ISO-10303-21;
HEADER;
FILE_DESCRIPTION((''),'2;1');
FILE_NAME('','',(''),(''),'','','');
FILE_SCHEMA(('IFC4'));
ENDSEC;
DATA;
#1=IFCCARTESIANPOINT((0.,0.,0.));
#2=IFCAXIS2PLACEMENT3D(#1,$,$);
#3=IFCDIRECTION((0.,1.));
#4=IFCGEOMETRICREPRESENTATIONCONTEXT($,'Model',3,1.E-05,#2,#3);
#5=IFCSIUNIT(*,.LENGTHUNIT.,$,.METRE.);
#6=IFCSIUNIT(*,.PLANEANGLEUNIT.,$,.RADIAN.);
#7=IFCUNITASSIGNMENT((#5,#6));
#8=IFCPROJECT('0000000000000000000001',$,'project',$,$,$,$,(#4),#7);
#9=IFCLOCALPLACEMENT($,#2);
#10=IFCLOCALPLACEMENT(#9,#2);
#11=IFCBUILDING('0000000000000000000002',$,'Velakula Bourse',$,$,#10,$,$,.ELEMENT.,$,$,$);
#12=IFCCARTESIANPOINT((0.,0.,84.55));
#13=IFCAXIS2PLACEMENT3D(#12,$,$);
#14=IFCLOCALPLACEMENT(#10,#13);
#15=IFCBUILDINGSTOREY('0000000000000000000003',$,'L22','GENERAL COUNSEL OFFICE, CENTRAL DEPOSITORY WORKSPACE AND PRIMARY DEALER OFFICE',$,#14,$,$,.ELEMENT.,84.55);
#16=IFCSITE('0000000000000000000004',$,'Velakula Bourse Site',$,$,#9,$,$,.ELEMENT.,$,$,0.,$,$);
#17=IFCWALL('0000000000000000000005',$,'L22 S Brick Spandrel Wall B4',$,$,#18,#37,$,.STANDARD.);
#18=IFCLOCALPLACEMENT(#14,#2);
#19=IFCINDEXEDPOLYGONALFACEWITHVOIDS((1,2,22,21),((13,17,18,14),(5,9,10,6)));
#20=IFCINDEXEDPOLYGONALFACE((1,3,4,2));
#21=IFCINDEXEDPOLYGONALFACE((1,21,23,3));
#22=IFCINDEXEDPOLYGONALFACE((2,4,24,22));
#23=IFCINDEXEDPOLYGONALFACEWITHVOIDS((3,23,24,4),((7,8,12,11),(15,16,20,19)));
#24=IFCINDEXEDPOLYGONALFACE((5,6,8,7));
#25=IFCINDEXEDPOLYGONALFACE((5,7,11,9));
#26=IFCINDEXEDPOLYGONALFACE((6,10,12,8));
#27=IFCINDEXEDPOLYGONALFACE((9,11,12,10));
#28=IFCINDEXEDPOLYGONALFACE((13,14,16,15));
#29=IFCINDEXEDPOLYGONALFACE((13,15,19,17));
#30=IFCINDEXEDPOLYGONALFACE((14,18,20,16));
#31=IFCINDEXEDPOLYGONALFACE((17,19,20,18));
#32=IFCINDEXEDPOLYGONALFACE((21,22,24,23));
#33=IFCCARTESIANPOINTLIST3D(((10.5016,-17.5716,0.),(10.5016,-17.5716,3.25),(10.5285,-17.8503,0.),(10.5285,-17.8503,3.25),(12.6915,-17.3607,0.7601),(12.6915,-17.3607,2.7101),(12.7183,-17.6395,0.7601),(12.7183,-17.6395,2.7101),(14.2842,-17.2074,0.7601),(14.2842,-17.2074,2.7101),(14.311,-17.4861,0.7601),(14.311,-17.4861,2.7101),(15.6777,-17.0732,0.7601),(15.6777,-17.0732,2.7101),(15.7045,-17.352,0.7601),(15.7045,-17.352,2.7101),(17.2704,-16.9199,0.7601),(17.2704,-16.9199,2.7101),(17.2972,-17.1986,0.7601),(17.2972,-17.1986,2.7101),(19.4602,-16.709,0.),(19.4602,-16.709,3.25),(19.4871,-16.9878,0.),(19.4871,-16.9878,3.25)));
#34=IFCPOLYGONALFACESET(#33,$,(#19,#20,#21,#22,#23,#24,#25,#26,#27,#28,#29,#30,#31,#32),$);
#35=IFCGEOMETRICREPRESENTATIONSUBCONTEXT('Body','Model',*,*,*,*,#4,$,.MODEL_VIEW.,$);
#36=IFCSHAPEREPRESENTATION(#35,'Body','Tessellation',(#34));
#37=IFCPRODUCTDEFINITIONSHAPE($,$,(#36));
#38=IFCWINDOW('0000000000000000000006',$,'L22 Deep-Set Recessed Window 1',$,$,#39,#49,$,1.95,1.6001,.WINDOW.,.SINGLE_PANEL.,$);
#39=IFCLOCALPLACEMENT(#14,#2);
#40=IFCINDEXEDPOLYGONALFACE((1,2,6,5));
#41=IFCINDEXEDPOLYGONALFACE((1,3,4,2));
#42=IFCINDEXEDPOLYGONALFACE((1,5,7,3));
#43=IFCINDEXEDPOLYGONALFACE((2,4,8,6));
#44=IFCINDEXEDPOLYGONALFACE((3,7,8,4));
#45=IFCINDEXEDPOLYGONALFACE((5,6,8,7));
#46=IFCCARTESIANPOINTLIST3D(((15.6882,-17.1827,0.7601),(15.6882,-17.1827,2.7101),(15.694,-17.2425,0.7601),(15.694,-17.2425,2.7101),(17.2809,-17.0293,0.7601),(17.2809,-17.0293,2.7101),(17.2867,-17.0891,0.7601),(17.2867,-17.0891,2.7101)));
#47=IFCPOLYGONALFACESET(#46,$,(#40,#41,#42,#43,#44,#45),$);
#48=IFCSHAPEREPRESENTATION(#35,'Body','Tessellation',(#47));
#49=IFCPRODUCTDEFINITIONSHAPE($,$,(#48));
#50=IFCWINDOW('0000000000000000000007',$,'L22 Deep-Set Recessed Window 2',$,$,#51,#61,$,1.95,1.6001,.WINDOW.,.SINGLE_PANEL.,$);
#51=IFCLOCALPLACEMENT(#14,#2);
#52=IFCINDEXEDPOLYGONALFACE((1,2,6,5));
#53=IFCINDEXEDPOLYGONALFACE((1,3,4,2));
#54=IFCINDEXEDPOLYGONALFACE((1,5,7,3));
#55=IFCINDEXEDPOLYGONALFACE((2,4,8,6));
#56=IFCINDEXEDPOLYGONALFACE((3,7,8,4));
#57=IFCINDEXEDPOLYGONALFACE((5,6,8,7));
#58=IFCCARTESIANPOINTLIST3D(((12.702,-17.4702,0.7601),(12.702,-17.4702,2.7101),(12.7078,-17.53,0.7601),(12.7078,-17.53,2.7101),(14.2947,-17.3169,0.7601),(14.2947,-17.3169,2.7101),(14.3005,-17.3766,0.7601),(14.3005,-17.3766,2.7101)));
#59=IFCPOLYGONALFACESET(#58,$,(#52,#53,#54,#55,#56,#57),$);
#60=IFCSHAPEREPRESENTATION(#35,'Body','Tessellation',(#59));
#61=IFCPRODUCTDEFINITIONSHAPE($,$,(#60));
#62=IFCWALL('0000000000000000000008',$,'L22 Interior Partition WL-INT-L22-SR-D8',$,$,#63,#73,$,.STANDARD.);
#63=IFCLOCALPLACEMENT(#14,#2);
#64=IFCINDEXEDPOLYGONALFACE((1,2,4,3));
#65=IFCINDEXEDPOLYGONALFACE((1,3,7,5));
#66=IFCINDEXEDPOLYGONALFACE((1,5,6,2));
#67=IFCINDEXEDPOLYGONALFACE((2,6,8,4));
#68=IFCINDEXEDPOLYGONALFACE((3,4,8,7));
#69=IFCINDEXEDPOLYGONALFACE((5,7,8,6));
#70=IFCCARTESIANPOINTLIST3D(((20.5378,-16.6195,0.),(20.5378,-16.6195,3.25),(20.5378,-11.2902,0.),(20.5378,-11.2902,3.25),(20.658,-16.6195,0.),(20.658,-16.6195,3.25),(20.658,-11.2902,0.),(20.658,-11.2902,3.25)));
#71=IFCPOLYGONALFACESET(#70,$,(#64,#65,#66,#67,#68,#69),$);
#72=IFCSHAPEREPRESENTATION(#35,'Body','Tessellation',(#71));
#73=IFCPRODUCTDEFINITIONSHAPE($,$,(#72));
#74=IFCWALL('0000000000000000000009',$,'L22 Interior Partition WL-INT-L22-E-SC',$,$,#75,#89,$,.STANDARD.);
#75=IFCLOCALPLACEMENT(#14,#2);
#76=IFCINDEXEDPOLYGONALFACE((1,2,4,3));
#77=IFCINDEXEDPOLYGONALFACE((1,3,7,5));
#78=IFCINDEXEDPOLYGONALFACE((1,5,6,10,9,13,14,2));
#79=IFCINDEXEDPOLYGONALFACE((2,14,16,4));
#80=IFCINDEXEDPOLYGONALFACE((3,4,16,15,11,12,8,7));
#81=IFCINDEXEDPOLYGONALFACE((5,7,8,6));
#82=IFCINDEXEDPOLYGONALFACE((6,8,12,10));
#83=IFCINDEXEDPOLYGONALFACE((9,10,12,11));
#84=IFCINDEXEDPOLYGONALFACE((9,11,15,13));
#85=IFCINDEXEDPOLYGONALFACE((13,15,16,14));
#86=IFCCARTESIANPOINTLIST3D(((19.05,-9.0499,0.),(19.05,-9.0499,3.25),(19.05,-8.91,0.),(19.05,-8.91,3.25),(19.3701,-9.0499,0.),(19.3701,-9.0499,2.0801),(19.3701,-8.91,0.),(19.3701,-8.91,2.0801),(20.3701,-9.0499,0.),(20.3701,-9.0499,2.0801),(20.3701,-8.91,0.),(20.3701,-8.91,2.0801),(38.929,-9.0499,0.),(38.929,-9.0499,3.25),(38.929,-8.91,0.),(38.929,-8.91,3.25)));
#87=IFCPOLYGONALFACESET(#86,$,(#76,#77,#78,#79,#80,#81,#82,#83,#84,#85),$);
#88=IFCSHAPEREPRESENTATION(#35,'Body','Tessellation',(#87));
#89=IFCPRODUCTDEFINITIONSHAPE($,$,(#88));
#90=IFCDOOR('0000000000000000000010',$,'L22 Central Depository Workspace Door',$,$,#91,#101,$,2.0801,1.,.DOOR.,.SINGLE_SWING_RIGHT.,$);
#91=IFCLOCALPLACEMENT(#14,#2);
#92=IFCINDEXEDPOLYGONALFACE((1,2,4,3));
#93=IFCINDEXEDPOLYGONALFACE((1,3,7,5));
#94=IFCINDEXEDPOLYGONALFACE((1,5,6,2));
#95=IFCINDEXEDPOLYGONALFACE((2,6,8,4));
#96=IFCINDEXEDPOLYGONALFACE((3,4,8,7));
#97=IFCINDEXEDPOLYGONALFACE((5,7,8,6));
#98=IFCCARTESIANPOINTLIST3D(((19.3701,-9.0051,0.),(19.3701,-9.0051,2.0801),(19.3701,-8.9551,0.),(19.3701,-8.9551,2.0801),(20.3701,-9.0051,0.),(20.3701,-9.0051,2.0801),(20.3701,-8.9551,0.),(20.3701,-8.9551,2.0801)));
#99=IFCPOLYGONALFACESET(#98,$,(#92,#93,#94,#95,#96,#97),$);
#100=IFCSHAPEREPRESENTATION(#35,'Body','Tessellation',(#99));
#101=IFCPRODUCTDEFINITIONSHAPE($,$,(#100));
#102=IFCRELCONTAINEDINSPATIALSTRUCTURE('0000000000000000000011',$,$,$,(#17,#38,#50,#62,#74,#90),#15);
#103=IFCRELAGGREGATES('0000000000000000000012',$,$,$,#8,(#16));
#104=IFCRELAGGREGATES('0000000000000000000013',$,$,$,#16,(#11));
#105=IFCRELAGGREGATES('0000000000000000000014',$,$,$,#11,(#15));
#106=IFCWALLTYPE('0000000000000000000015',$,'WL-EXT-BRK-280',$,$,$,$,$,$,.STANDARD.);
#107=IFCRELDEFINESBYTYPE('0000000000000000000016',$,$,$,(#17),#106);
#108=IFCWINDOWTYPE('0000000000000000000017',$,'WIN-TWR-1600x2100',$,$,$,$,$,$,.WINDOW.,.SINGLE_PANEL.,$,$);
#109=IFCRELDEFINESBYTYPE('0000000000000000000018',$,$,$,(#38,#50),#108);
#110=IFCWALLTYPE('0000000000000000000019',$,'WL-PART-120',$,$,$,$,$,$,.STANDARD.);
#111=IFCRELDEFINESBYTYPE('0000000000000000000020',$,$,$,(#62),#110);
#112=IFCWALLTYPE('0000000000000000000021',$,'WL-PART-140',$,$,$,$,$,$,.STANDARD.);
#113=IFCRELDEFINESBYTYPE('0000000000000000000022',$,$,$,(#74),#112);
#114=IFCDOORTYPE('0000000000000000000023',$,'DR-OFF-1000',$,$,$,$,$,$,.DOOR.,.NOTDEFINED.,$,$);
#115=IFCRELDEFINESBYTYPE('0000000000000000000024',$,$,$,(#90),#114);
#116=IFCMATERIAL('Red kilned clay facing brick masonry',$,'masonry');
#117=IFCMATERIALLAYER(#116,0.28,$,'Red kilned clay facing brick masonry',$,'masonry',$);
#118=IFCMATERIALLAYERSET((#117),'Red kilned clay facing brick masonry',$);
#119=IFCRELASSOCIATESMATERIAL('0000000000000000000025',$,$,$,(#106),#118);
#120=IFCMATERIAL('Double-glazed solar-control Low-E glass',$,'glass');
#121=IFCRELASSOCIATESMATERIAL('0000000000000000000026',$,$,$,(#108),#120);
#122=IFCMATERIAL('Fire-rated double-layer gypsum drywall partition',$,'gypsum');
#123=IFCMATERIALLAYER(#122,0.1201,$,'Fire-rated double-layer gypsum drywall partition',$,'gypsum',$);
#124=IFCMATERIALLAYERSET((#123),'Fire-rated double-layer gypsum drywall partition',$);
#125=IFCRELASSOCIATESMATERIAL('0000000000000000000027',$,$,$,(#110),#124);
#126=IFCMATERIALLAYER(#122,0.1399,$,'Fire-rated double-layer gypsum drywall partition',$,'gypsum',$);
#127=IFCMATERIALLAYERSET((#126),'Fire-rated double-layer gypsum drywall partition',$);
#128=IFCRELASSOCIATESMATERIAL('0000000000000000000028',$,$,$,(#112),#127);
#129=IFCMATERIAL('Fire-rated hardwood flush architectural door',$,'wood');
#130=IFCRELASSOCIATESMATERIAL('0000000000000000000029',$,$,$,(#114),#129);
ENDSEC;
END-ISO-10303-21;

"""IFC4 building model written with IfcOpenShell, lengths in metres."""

from ifc_helpers import new_model, si_unit, direction, frame, frame_2d, origin, place, context, subcontext, project, spatial, rectangle, extrude, material, layer, layer_set, type_object, element, fill, save


model = new_model("IFC4")

# Units and contexts
model_context = context("Model", 3, precision=1e-05, world=origin(), true_north=direction((0.0, 1.0)))
body_context = subcontext(model_context, "Body", "Model", "MODEL_VIEW")
ifc_project = project(units=[si_unit("LENGTHUNIT", "METRE"), si_unit("PLANEANGLEUNIT", "RADIAN")], contexts=[model_context])

# Site, building, storey
site_placement = place(None, origin())
site = spatial("IfcSite", under=ifc_project, at=site_placement, Name="Velakula Bourse Site", CompositionType="ELEMENT", RefElevation=0.0)
building_placement = place(site_placement, origin())
building = spatial("IfcBuilding", under=site, at=building_placement, Name="Velakula Bourse", CompositionType="ELEMENT")
storey_placement = place(building_placement, frame((0.0, 0.0, 84.55)))
storey = spatial("IfcBuildingStorey", under=building, at=storey_placement, Name="L22", Description="GENERAL COUNSEL OFFICE, CENTRAL DEPOSITORY WORKSPACE AND PRIMARY DEALER OFFICE", CompositionType="ELEMENT", Elevation=84.55)

# Wall, openings, windows
ifc_material_1 = material(Name="Red kilned clay facing brick masonry", Category="masonry")
ifc_layer_1 = layer(ifc_material_1, 0.28, Name="Red kilned clay facing brick masonry", Category="masonry")
ifc_layer_set_1 = layer_set([ifc_layer_1], Name="Red kilned clay facing brick masonry")
wall_type_1 = type_object("IfcWallType", Name="WL-EXT-BRK-280", PredefinedType="STANDARD", material=ifc_layer_set_1)
wall_1_placement = place(storey_placement, frame((19.4736, -16.8484, 0.0), z_axis=(0.0, 0.0, 1.0), x_axis=(-0.995397, -0.09584, 0.0)))
wall_1 = element("IfcWall", 1, at=wall_1_placement, inside=storey, type_object=wall_type_1, Name="L22 S Brick Spandrel Wall B4", PredefinedType="STANDARD", context=body_context, shape_type="SweptSolid", body=[
    extrude(rectangle(XDim=9.0, YDim=0.28, at=frame_2d((4.5, 0.0))), origin(), (0.0, 0.0, 1.0), 3.25),
])
opening_1_placement = place(wall_1_placement, frame((2.2, 0.0, 0.76)))
opening_1 = element("IfcOpeningElement", 2, at=opening_1_placement, cuts=wall_1, PredefinedType="OPENING", context=body_context, shape_type="SweptSolid", body=[
    extrude(rectangle(XDim=1.6001, YDim=1.95, at=frame_2d((0.8, 0.9751))), frame((0.0, 0.1499, 0.0), z_axis=(0.0, -1.0, 0.0), x_axis=(1.0, 0.0, 0.0)), (0.0, 0.0, 1.0), 0.3),
])
opening_2_placement = place(wall_1_placement, frame((5.2, 0.0, 0.76)))
opening_2 = element("IfcOpeningElement", 3, at=opening_2_placement, cuts=wall_1, PredefinedType="OPENING", context=body_context, shape_type="SweptSolid", body=[
    extrude(rectangle(XDim=1.6001, YDim=1.95, at=frame_2d((0.8, 0.9751))), frame((0.0, 0.1499, 0.0), z_axis=(0.0, -1.0, 0.0), x_axis=(1.0, 0.0, 0.0)), (0.0, 0.0, 1.0), 0.3),
])
ifc_material_2 = material(Name="Double-glazed solar-control Low-E glass", Category="glass")
window_type = type_object("IfcWindowType", Name="WIN-TWR-1600x2100", PartitioningType="SINGLE_PANEL", PredefinedType="WINDOW", material=ifc_material_2)
window_1_placement = place(opening_1_placement, origin())
window_1 = element("IfcWindow", 4, at=window_1_placement, inside=storey, type_object=window_type, Name="L22 Deep-Set Recessed Window 1", OverallHeight=1.95, OverallWidth=1.6001, PartitioningType="SINGLE_PANEL", PredefinedType="WINDOW", context=body_context, shape_type="SweptSolid", body=[
    extrude(rectangle(XDim=1.6001, YDim=1.95, at=frame_2d((0.8, 0.9751))), frame((0.0, 0.03, 0.0), z_axis=(0.0, -1.0, 0.0), x_axis=(1.0, 0.0, 0.0)), (0.0, 0.0, 1.0), 0.0601),
])
fill(opening_1, window_1)
window_2_placement = place(opening_2_placement, origin())
window_2 = element("IfcWindow", 5, at=window_2_placement, inside=storey, type_object=window_type, Name="L22 Deep-Set Recessed Window 2", OverallHeight=1.95, OverallWidth=1.6001, PartitioningType="SINGLE_PANEL", PredefinedType="WINDOW", context=body_context, shape_type="SweptSolid", body=[
    extrude(rectangle(XDim=1.6001, YDim=1.95, at=frame_2d((0.8, 0.9751))), frame((0.0, 0.03, 0.0), z_axis=(0.0, -1.0, 0.0), x_axis=(1.0, 0.0, 0.0)), (0.0, 0.0, 1.0), 0.0601),
])
fill(opening_2, window_2)

# Wall
ifc_material_3 = material(Name="Fire-rated double-layer gypsum drywall partition", Category="gypsum")
ifc_layer_2 = layer(ifc_material_3, 0.1201, Name="Fire-rated double-layer gypsum drywall partition", Category="gypsum")
ifc_layer_set_2 = layer_set([ifc_layer_2], Name="Fire-rated double-layer gypsum drywall partition")
wall_type_2 = type_object("IfcWallType", Name="WL-PART-120", PredefinedType="STANDARD", material=ifc_layer_set_2)
wall_2_placement = place(storey_placement, frame((20.5979, -16.6194, 0.0), z_axis=(0.0, 0.0, 1.0), x_axis=(0.0, 1.0, 0.0)))
element("IfcWall", 6, at=wall_2_placement, inside=storey, type_object=wall_type_2, Name="L22 Interior Partition WL-INT-L22-SR-D8", PredefinedType="STANDARD", context=body_context, shape_type="SweptSolid", body=[
    extrude(rectangle(XDim=5.3293, YDim=0.1201, at=frame_2d((2.6646, 0.0))), origin(), (0.0, 0.0, 1.0), 3.25),
])

# Wall, opening, door
ifc_layer_3 = layer(ifc_material_3, 0.1399, Name="Fire-rated double-layer gypsum drywall partition", Category="gypsum")
ifc_layer_set_3 = layer_set([ifc_layer_3], Name="Fire-rated double-layer gypsum drywall partition")
wall_type_3 = type_object("IfcWallType", Name="WL-PART-140", PredefinedType="STANDARD", material=ifc_layer_set_3)
wall_3_placement = place(storey_placement, frame((19.05, -8.98, 0.0), z_axis=(0.0, 0.0, 1.0), x_axis=(1.0, 0.0, 0.0)))
wall_3 = element("IfcWall", 7, at=wall_3_placement, inside=storey, type_object=wall_type_3, Name="L22 Interior Partition WL-INT-L22-E-SC", PredefinedType="STANDARD", context=body_context, shape_type="SweptSolid", body=[
    extrude(rectangle(XDim=19.8789, YDim=0.1399, at=frame_2d((9.9395, 0.0))), origin(), (0.0, 0.0, 1.0), 3.25),
])
opening_3_placement = place(wall_3_placement, frame((0.3201, 0.0, 0.0)))
opening_3 = element("IfcOpeningElement", 8, at=opening_3_placement, cuts=wall_3, PredefinedType="OPENING", context=body_context, shape_type="SweptSolid", body=[
    extrude(rectangle(XDim=1.0, YDim=2.0801, at=frame_2d((0.5, 1.04))), frame((0.0, 0.0798, 0.0), z_axis=(0.0, -1.0, 0.0), x_axis=(1.0, 0.0, 0.0)), (0.0, 0.0, 1.0), 0.1599),
])
ifc_material_4 = material(Name="Fire-rated hardwood flush architectural door", Category="wood")
door_type = type_object("IfcDoorType", Name="DR-OFF-1000", OperationType="NOTDEFINED", PredefinedType="DOOR", material=ifc_material_4)
door_placement = place(opening_3_placement, origin())
door = element("IfcDoor", 9, at=door_placement, inside=storey, type_object=door_type, Name="L22 Central Depository Workspace Door", OperationType="SINGLE_SWING_RIGHT", OverallHeight=2.0801, OverallWidth=1.0, PredefinedType="DOOR", context=body_context, shape_type="SweptSolid", body=[
    extrude(rectangle(XDim=1.0, YDim=2.0801, at=frame_2d((0.5, 1.04))), frame((0.0, 0.0249, 0.0), z_axis=(0.0, -1.0, 0.0), x_axis=(1.0, 0.0, 0.0)), (0.0, 0.0, 1.0), 0.05),
])
fill(opening_3, door)

save(model, "model.ifc")
